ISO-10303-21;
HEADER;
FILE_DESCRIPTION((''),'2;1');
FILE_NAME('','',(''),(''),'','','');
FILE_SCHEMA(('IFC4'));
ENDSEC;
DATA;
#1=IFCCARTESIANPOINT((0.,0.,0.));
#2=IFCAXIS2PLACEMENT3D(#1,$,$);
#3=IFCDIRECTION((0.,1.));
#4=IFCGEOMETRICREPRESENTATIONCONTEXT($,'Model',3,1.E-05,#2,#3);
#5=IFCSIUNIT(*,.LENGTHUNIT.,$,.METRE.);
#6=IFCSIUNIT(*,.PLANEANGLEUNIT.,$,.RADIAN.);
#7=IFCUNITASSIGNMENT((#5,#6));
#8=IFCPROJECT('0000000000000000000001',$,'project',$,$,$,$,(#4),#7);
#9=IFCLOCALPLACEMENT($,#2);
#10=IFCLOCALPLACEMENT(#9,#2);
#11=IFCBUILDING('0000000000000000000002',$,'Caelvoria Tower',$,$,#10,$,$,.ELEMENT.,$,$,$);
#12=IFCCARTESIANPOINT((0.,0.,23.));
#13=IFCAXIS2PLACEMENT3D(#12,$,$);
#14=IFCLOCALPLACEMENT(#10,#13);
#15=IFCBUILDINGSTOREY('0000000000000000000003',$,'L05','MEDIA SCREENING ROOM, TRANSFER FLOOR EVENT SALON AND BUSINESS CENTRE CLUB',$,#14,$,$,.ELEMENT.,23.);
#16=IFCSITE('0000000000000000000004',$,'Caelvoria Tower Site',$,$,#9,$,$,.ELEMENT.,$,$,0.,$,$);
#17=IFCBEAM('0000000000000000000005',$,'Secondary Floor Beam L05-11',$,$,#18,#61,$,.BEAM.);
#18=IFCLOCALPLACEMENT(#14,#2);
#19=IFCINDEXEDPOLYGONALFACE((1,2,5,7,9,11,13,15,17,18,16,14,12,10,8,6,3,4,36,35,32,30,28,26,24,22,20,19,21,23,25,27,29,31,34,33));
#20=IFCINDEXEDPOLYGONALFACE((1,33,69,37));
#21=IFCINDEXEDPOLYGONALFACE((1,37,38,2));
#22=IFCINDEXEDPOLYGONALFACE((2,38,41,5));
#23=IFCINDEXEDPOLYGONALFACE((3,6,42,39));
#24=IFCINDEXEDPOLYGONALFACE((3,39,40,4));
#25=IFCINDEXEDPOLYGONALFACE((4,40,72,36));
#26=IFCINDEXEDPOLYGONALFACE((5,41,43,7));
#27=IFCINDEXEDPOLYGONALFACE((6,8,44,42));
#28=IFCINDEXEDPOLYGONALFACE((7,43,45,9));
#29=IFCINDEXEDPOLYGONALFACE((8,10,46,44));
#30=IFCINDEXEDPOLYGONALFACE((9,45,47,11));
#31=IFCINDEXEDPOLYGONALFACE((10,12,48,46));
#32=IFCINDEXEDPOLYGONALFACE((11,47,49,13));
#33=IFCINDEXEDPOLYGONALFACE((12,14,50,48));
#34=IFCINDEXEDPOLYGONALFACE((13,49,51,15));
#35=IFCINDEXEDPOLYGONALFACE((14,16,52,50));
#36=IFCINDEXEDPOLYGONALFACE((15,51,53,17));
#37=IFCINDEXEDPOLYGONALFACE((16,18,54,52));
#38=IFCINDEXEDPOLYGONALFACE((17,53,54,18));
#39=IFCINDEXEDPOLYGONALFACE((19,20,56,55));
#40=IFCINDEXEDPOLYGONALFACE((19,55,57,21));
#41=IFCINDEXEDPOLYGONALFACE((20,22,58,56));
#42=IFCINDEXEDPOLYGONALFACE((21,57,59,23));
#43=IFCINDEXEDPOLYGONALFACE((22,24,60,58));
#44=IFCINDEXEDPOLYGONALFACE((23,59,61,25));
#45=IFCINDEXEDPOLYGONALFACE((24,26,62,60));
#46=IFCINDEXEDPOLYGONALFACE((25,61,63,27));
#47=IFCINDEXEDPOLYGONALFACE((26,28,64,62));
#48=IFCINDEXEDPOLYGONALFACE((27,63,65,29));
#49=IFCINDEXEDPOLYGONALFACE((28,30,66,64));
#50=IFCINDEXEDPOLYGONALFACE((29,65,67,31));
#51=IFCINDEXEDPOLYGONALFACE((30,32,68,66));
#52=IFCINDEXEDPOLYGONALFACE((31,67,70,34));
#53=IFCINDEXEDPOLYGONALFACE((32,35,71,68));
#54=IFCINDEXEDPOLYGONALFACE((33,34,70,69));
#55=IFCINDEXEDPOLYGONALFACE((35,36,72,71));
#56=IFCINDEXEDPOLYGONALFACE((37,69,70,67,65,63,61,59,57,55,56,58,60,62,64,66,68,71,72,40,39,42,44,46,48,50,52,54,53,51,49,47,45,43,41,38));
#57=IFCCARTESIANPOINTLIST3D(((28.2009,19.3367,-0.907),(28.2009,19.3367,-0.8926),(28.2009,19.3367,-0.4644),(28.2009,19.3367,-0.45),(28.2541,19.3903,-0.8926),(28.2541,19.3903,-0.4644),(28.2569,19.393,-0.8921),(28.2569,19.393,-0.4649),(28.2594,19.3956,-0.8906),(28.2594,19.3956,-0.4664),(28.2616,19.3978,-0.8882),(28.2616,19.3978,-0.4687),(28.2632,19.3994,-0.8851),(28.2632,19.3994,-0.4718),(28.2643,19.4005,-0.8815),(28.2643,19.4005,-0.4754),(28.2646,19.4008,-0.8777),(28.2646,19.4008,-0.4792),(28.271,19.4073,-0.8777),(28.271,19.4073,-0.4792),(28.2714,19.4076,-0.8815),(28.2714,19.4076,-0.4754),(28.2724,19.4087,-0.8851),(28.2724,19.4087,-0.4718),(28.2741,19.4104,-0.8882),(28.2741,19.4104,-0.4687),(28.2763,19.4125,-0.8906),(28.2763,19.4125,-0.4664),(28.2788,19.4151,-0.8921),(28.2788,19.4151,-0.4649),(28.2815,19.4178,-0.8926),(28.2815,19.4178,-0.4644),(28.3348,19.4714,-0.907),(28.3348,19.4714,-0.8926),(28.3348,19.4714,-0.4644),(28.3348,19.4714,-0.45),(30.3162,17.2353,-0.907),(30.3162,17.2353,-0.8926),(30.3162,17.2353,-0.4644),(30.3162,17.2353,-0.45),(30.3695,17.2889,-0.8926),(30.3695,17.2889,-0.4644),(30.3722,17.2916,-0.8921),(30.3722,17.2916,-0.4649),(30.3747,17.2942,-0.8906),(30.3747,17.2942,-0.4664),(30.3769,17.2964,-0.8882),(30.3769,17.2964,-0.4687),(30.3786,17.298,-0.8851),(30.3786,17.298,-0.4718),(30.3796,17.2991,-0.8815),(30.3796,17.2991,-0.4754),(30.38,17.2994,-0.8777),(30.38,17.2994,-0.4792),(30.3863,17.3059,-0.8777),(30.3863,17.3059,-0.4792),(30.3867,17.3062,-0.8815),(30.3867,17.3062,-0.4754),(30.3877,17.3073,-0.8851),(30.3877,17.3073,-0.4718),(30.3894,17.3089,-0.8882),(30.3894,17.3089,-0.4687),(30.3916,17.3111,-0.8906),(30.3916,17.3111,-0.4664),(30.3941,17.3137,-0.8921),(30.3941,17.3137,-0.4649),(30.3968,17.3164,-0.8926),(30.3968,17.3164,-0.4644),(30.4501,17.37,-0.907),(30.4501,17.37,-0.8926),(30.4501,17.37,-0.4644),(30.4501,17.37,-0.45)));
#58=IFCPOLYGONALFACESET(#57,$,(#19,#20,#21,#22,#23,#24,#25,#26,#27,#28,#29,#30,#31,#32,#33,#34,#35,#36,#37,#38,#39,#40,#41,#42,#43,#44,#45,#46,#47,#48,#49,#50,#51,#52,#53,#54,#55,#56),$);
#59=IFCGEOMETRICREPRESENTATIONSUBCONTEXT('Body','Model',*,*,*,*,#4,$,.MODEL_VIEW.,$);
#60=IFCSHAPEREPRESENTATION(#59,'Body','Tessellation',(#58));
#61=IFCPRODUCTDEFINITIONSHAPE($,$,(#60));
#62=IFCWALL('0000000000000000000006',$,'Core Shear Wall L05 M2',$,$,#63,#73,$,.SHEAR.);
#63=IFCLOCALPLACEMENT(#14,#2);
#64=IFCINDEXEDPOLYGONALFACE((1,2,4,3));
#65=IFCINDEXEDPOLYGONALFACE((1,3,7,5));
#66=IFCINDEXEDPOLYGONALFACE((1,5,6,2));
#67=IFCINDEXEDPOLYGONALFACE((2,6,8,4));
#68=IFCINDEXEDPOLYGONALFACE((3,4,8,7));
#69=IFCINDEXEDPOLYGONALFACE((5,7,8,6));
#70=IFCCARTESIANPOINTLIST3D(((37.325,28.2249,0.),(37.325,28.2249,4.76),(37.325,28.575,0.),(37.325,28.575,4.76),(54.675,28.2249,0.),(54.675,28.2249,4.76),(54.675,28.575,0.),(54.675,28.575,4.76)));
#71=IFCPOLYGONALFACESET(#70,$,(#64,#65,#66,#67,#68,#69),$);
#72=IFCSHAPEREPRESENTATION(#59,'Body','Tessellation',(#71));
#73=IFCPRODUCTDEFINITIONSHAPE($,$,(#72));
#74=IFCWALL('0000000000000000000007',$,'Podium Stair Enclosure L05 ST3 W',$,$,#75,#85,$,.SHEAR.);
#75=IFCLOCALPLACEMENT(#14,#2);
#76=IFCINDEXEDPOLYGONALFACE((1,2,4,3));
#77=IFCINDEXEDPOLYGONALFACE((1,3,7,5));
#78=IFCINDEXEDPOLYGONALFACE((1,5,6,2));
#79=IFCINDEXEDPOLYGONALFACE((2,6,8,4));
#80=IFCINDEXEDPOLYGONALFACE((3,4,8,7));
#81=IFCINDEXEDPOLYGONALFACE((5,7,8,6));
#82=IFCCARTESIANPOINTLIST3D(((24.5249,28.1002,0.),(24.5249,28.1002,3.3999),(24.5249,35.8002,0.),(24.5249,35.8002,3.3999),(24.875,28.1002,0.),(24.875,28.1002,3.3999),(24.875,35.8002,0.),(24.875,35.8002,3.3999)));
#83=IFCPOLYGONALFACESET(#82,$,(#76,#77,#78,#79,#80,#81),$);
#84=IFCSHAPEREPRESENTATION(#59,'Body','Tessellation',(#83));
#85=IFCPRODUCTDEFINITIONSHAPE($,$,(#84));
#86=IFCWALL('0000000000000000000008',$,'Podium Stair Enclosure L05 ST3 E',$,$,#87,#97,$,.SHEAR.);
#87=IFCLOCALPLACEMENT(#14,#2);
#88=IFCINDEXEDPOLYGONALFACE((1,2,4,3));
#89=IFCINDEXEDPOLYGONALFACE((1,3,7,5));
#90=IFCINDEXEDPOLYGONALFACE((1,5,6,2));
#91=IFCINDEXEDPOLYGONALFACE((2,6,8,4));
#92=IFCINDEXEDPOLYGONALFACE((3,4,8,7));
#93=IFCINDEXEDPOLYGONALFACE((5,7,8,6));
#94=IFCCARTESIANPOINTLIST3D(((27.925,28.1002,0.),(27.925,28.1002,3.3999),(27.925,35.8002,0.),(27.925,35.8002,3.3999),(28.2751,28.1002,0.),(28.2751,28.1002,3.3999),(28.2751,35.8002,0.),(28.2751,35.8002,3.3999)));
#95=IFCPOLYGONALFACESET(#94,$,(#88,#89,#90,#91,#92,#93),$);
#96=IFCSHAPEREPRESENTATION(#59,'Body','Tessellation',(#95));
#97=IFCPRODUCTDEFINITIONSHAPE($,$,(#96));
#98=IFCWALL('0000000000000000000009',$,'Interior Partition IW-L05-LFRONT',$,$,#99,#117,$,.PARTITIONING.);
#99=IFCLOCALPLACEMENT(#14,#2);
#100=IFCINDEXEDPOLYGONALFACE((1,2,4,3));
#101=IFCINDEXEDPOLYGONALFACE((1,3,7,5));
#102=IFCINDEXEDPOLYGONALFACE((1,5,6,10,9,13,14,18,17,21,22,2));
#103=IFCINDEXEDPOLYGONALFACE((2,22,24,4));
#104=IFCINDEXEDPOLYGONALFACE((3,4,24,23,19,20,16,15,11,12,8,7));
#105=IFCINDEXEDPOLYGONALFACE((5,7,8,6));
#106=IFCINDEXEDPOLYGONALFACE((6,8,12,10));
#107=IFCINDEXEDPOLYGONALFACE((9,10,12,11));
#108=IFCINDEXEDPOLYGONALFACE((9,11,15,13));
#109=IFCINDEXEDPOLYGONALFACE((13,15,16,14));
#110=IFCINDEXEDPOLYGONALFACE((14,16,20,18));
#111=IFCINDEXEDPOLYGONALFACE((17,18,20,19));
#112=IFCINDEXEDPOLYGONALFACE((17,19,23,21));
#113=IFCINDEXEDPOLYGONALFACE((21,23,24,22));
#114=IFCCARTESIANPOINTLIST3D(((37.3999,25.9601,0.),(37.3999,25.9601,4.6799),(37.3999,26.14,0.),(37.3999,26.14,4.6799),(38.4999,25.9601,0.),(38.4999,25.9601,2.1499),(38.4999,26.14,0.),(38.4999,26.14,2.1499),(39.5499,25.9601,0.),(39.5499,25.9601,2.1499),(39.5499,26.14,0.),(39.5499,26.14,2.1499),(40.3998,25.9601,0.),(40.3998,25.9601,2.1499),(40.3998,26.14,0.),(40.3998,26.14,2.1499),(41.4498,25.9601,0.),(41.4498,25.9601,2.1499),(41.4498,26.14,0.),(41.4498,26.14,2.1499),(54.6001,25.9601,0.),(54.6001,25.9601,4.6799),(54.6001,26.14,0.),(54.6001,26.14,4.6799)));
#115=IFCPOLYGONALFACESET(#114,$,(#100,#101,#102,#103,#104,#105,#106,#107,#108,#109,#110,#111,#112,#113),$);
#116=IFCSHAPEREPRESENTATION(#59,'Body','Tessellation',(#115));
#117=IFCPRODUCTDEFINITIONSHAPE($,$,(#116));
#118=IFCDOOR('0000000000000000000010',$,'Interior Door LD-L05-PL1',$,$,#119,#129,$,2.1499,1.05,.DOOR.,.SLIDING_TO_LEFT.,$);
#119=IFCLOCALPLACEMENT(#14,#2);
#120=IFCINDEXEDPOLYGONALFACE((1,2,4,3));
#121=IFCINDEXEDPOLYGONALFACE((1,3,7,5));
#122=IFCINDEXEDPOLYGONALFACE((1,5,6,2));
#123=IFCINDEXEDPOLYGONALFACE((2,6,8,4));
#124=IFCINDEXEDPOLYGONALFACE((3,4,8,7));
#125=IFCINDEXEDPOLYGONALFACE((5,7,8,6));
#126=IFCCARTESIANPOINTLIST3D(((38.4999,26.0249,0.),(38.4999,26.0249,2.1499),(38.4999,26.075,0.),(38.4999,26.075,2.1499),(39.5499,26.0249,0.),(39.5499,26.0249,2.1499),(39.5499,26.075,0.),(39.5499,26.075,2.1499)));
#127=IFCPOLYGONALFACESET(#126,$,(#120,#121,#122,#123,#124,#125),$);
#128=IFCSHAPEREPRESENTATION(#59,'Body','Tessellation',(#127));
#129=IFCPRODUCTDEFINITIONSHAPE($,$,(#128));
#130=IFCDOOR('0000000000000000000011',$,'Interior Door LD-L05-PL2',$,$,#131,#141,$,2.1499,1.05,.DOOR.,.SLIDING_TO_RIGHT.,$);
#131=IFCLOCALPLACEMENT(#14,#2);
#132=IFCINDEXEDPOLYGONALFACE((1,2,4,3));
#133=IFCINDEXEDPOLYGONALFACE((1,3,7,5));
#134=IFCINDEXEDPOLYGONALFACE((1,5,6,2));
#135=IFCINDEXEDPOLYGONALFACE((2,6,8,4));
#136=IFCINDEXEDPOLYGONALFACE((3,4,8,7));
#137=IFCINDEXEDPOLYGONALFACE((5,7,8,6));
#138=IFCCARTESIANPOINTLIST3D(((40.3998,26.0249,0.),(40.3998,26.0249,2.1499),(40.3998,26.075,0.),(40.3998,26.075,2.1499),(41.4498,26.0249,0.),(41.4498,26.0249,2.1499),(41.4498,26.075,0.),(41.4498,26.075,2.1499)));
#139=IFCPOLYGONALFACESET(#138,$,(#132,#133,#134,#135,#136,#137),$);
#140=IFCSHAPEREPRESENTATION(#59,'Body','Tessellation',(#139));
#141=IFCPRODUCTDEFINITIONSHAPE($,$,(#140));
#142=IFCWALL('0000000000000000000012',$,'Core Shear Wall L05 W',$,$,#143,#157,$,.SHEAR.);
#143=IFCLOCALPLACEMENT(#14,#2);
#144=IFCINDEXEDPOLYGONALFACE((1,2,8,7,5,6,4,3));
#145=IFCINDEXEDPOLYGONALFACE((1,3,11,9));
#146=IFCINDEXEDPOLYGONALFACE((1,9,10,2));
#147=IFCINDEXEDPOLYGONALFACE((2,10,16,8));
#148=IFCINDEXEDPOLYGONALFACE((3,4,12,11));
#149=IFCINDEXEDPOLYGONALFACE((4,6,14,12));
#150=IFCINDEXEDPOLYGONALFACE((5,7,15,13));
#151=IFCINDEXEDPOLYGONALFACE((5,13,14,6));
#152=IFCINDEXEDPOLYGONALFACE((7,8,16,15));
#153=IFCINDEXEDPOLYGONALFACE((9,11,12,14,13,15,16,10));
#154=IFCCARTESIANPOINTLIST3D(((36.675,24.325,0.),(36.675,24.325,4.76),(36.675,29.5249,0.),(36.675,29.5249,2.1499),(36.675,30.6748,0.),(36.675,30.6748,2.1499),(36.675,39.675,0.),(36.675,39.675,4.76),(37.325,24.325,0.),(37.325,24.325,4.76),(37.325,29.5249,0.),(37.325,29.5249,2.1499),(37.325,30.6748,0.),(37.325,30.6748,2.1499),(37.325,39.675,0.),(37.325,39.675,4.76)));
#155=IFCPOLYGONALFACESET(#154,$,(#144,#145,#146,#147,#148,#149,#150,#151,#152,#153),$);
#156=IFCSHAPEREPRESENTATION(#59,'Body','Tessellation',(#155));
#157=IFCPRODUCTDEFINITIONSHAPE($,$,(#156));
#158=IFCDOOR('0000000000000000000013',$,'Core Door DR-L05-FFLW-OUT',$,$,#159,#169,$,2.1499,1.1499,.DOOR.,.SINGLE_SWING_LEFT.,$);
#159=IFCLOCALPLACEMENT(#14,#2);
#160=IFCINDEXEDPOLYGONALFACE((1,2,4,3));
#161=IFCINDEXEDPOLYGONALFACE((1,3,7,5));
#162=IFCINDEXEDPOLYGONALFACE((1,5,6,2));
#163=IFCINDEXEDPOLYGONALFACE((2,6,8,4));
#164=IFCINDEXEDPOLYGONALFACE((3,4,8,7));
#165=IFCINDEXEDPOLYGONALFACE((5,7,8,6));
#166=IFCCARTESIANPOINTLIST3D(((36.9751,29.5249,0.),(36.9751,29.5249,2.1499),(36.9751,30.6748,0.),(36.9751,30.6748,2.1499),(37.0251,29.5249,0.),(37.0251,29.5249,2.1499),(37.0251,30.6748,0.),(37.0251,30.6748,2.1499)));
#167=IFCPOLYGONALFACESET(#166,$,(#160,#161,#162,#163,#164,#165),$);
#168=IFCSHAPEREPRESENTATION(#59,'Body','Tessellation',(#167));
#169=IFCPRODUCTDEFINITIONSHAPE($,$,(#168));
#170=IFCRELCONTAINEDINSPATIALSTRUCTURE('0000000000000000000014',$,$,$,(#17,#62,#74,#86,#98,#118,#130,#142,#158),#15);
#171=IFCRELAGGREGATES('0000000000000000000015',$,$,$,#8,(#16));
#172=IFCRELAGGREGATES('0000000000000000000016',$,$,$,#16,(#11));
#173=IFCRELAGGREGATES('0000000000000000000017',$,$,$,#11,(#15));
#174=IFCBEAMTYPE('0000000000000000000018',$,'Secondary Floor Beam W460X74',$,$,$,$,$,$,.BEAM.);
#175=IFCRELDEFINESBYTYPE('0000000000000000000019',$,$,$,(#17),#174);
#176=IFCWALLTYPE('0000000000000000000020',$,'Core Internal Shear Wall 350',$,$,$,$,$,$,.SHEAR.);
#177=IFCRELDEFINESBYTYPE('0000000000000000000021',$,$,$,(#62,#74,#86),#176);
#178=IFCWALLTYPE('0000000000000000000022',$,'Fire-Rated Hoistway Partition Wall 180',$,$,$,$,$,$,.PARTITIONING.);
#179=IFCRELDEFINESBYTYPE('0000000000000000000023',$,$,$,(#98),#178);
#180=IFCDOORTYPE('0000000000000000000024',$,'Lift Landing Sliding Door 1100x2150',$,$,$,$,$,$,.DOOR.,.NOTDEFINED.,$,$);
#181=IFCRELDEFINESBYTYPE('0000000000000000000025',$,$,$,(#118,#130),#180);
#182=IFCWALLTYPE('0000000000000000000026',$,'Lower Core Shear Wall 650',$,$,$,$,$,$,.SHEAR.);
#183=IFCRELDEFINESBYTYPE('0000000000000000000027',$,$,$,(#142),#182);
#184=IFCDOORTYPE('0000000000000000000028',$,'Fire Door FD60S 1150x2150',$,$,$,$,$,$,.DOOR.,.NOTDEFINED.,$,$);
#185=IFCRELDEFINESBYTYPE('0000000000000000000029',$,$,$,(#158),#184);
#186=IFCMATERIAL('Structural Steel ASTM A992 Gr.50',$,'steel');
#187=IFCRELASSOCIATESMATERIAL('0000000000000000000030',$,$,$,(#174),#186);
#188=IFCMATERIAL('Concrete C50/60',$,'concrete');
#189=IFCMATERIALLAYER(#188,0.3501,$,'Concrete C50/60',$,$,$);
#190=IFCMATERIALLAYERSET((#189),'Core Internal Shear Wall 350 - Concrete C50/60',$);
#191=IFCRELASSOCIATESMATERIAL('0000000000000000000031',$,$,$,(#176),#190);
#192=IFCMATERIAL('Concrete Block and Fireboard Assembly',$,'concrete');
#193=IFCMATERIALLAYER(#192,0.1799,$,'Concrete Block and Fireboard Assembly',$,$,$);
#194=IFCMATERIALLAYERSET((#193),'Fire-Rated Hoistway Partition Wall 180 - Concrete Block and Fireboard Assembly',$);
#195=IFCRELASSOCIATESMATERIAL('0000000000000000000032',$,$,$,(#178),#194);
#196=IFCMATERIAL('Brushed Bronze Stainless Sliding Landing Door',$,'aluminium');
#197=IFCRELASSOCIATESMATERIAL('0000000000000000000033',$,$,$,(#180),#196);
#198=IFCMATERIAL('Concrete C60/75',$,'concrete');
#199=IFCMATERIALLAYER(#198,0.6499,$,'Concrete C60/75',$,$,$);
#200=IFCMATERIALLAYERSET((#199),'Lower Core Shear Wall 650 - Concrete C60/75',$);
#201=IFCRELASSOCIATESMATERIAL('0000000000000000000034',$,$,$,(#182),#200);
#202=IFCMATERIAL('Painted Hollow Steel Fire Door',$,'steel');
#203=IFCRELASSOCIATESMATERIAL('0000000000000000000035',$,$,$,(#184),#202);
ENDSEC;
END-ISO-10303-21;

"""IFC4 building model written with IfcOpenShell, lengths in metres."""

from ifc_helpers import new_model, si_unit, direction, frame, frame_2d, origin, origin_2d, place, context, subcontext, project, spatial, rectangle, i_section, extrude, material, layer, layer_set, material_profile, profile_set, type_object, element, fill, save


model = new_model("IFC4")

# Units and contexts
model_context = context("Model", 3, precision=1e-05, world=origin(), true_north=direction((0.0, 1.0)))
body_context = subcontext(model_context, "Body", "Model", "MODEL_VIEW")
ifc_project = project(units=[si_unit("LENGTHUNIT", "METRE"), si_unit("PLANEANGLEUNIT", "RADIAN")], contexts=[model_context])

# Site, building, storey
site_placement = place(None, origin())
site = spatial("IfcSite", under=ifc_project, at=site_placement, Name="Caelvoria Tower Site", CompositionType="ELEMENT", RefElevation=0.0)
building_placement = place(site_placement, origin())
building = spatial("IfcBuilding", under=site, at=building_placement, Name="Caelvoria Tower", CompositionType="ELEMENT")
storey_placement = place(building_placement, frame((0.0, 0.0, 23.0)))
storey = spatial("IfcBuildingStorey", under=building, at=storey_placement, Name="L05", Description="MEDIA SCREENING ROOM, TRANSFER FLOOR EVENT SALON AND BUSINESS CENTRE CLUB", CompositionType="ELEMENT", Elevation=23.0)

# Beam
ifc_material_1 = material(Name="Structural Steel ASTM A992 Gr.50", Category="steel")
ifc_material_profile_1 = material_profile(ifc_material_1, i_section(OverallWidth=0.1899, OverallDepth=0.457, WebThickness=0.009, FlangeThickness=0.0144, FilletRadius=0.0149, at=origin_2d()), Name="Structural Steel ASTM A992 Gr.50")
ifc_profile_set_1 = profile_set([ifc_material_profile_1], Name="W460X74 - Structural Steel ASTM A992 Gr.50")
beam_type_1 = type_object("IfcBeamType", Name="Secondary Floor Beam W460X74", PredefinedType="BEAM", material=ifc_profile_set_1)
beam_1_placement = place(storey_placement, frame((28.2678, 19.4041, -0.6785), z_axis=(0.709437, -0.704769, 0.0), x_axis=(0.704769, 0.709437, 0.0)))
element("IfcBeam", 1, at=beam_1_placement, inside=storey, type_object=beam_type_1, Name="Secondary Floor Beam L05-11", PredefinedType="BEAM", context=body_context, shape_type="SweptSolid", body=[
    extrude(i_section(OverallWidth=0.1899, OverallDepth=0.457, WebThickness=0.009, FlangeThickness=0.0144, FilletRadius=0.0149, at=origin_2d()), origin(), (0.0, 0.0, 1.0), 2.9817),
])

# Wall
ifc_material_2 = material(Name="Concrete C50/60", Category="concrete")
ifc_layer_1 = layer(ifc_material_2, 0.3501, Name="Concrete C50/60")
ifc_layer_set_1 = layer_set([ifc_layer_1], Name="Core Internal Shear Wall 350 - Concrete C50/60")
wall_type_1 = type_object("IfcWallType", Name="Core Internal Shear Wall 350", PredefinedType="SHEAR", material=ifc_layer_set_1)
wall_1_placement = place(storey_placement, frame((37.325, 28.3999, 0.0), z_axis=(0.0, 0.0, 1.0), x_axis=(1.0, 0.0, 0.0)))
element("IfcWall", 2, at=wall_1_placement, inside=storey, type_object=wall_type_1, Name="Core Shear Wall L05 M2", PredefinedType="SHEAR", context=body_context, shape_type="SweptSolid", body=[
    extrude(rectangle(XDim=17.3501, YDim=0.3501, at=frame_2d((8.675, 0.0))), origin(), (0.0, 0.0, 1.0), 4.76),
])

# Shared definitions
ifc_material_3 = material(Name="Painted Hollow Steel Fire Door", Category="steel")

# Walls
for number, where, z_axis, x_axis, name in (
    (3, (24.7, 28.1001, 0.0), (0.0, 0.0, 1.0), (0.0, 1.0, 0.0), "Podium Stair Enclosure L05 ST3 W"),
    (4, (28.1001, 28.1001, 0.0), (0.0, 0.0, 1.0), (0.0, 1.0, 0.0), "Podium Stair Enclosure L05 ST3 E"),
):
    element("IfcWall", number, at=place(storey_placement, frame(where, z_axis=z_axis, x_axis=x_axis)), inside=storey, type_object=wall_type_1, Name=name, PredefinedType="SHEAR", context=body_context, shape_type="SweptSolid", body=[
        extrude(rectangle(XDim=7.7, YDim=0.3501, at=frame_2d((3.8501, 0.0))), origin(), (0.0, 0.0, 1.0), 3.3999),
    ])

# Wall, openings, doors
ifc_material_4 = material(Name="Concrete Block and Fireboard Assembly", Category="concrete")
ifc_layer_2 = layer(ifc_material_4, 0.1799, Name="Concrete Block and Fireboard Assembly")
ifc_layer_set_2 = layer_set([ifc_layer_2], Name="Fire-Rated Hoistway Partition Wall 180 - Concrete Block and Fireboard Assembly")
wall_type_2 = type_object("IfcWallType", Name="Fire-Rated Hoistway Partition Wall 180", PredefinedType="PARTITIONING", material=ifc_layer_set_2)
wall_2_placement = place(storey_placement, frame((37.3999, 26.05, 0.0), z_axis=(0.0, 0.0, 1.0), x_axis=(1.0, 0.0, 0.0)))
wall_2 = element("IfcWall", 5, at=wall_2_placement, inside=storey, type_object=wall_type_2, Name="Interior Partition IW-L05-LFRONT", PredefinedType="PARTITIONING", context=body_context, shape_type="SweptSolid", body=[
    extrude(rectangle(XDim=17.2002, YDim=0.1799, at=frame_2d((8.6001, 0.0))), origin(), (0.0, 0.0, 1.0), 4.6799),
])
opening_1_placement = place(wall_2_placement, frame((1.1001, 0.0, 0.0)))
opening_1 = element("IfcOpeningElement", 6, at=opening_1_placement, cuts=wall_2, PredefinedType="OPENING", context=body_context, shape_type="SweptSolid", body=[
    extrude(rectangle(XDim=1.05, YDim=2.1499, at=frame_2d((0.5249, 1.075))), frame((0.0, 0.0999, 0.0), z_axis=(0.0, -1.0, 0.0), x_axis=(1.0, 0.0, 0.0)), (0.0, 0.0, 1.0), 0.2),
])
opening_2_placement = place(wall_2_placement, frame((3.0, 0.0, 0.0)))
opening_2 = element("IfcOpeningElement", 7, at=opening_2_placement, cuts=wall_2, PredefinedType="OPENING", context=body_context, shape_type="SweptSolid", body=[
    extrude(rectangle(XDim=1.05, YDim=2.1499, at=frame_2d((0.5249, 1.075))), frame((0.0, 0.0999, 0.0), z_axis=(0.0, -1.0, 0.0), x_axis=(1.0, 0.0, 0.0)), (0.0, 0.0, 1.0), 0.2),
])
ifc_material_5 = material(Name="Brushed Bronze Stainless Sliding Landing Door", Category="aluminium")
door_type_1 = type_object("IfcDoorType", Name="Lift Landing Sliding Door 1100x2150", OperationType="NOTDEFINED", PredefinedType="DOOR", material=ifc_material_5)
door_1_placement = place(opening_1_placement, origin())
door_1 = element("IfcDoor", 8, at=door_1_placement, inside=storey, type_object=door_type_1, Name="Interior Door LD-L05-PL1", OperationType="SLIDING_TO_LEFT", OverallHeight=2.1499, OverallWidth=1.05, PredefinedType="DOOR", context=body_context, shape_type="SweptSolid", body=[
    extrude(rectangle(XDim=1.05, YDim=2.1499, at=frame_2d((0.5249, 1.075))), frame((0.0, 0.0249, 0.0), z_axis=(0.0, -1.0, 0.0), x_axis=(1.0, 0.0, 0.0)), (0.0, 0.0, 1.0), 0.05),
])
fill(opening_1, door_1)
door_2_placement = place(opening_2_placement, origin())
door_2 = element("IfcDoor", 9, at=door_2_placement, inside=storey, type_object=door_type_1, Name="Interior Door LD-L05-PL2", OperationType="SLIDING_TO_RIGHT", OverallHeight=2.1499, OverallWidth=1.05, PredefinedType="DOOR", context=body_context, shape_type="SweptSolid", body=[
    extrude(rectangle(XDim=1.05, YDim=2.1499, at=frame_2d((0.5249, 1.075))), frame((0.0, 0.0249, 0.0), z_axis=(0.0, -1.0, 0.0), x_axis=(1.0, 0.0, 0.0)), (0.0, 0.0, 1.0), 0.05),
])
fill(opening_2, door_2)
ifc_material_6 = material(Name="Concrete C60/75", Category="concrete")
ifc_layer_3 = layer(ifc_material_6, 0.6499, Name="Concrete C60/75")
ifc_layer_set_3 = layer_set([ifc_layer_3], Name="Lower Core Shear Wall 650 - Concrete C60/75")
wall_type_3 = type_object("IfcWallType", Name="Lower Core Shear Wall 650", PredefinedType="SHEAR", material=ifc_layer_set_3)

# Wall, opening, door
wall_3_placement = place(storey_placement, frame((37.0, 24.325, 0.0), z_axis=(0.0, 0.0, 1.0), x_axis=(0.0, 1.0, 0.0)))
wall_3 = element("IfcWall", 10, at=wall_3_placement, inside=storey, type_object=wall_type_3, Name="Core Shear Wall L05 W", PredefinedType="SHEAR", context=body_context, shape_type="SweptSolid", body=[
    extrude(rectangle(XDim=15.3501, YDim=0.6499, at=frame_2d((7.675, 0.0))), origin(), (0.0, 0.0, 1.0), 4.76),
])
opening_3_placement = place(wall_3_placement, frame((5.2, 0.0, 0.0)))
opening_3 = element("IfcOpeningElement", 11, at=opening_3_placement, cuts=wall_3, PredefinedType="OPENING", context=body_context, shape_type="SweptSolid", body=[
    extrude(rectangle(XDim=1.1499, YDim=2.1499, at=frame_2d((0.575, 1.075))), frame((0.0, 0.335, 0.0), z_axis=(0.0, -1.0, 0.0), x_axis=(1.0, 0.0, 0.0)), (0.0, 0.0, 1.0), 0.6699),
])
door_type_2 = type_object("IfcDoorType", Name="Fire Door FD60S 1150x2150", OperationType="NOTDEFINED", PredefinedType="DOOR", material=ifc_material_3)
door_3_placement = place(opening_3_placement, origin())
door_3 = element("IfcDoor", 12, at=door_3_placement, inside=storey, type_object=door_type_2, Name="Core Door DR-L05-FFLW-OUT", OperationType="SINGLE_SWING_LEFT", OverallHeight=2.1499, OverallWidth=1.1499, PredefinedType="DOOR", context=body_context, shape_type="SweptSolid", body=[
    extrude(rectangle(XDim=1.1499, YDim=2.1499, at=frame_2d((0.575, 1.075))), frame((0.0, 0.0249, 0.0), z_axis=(0.0, -1.0, 0.0), x_axis=(1.0, 0.0, 0.0)), (0.0, 0.0, 1.0), 0.05),
])
fill(opening_3, door_3)

save(model, "model.ifc")
